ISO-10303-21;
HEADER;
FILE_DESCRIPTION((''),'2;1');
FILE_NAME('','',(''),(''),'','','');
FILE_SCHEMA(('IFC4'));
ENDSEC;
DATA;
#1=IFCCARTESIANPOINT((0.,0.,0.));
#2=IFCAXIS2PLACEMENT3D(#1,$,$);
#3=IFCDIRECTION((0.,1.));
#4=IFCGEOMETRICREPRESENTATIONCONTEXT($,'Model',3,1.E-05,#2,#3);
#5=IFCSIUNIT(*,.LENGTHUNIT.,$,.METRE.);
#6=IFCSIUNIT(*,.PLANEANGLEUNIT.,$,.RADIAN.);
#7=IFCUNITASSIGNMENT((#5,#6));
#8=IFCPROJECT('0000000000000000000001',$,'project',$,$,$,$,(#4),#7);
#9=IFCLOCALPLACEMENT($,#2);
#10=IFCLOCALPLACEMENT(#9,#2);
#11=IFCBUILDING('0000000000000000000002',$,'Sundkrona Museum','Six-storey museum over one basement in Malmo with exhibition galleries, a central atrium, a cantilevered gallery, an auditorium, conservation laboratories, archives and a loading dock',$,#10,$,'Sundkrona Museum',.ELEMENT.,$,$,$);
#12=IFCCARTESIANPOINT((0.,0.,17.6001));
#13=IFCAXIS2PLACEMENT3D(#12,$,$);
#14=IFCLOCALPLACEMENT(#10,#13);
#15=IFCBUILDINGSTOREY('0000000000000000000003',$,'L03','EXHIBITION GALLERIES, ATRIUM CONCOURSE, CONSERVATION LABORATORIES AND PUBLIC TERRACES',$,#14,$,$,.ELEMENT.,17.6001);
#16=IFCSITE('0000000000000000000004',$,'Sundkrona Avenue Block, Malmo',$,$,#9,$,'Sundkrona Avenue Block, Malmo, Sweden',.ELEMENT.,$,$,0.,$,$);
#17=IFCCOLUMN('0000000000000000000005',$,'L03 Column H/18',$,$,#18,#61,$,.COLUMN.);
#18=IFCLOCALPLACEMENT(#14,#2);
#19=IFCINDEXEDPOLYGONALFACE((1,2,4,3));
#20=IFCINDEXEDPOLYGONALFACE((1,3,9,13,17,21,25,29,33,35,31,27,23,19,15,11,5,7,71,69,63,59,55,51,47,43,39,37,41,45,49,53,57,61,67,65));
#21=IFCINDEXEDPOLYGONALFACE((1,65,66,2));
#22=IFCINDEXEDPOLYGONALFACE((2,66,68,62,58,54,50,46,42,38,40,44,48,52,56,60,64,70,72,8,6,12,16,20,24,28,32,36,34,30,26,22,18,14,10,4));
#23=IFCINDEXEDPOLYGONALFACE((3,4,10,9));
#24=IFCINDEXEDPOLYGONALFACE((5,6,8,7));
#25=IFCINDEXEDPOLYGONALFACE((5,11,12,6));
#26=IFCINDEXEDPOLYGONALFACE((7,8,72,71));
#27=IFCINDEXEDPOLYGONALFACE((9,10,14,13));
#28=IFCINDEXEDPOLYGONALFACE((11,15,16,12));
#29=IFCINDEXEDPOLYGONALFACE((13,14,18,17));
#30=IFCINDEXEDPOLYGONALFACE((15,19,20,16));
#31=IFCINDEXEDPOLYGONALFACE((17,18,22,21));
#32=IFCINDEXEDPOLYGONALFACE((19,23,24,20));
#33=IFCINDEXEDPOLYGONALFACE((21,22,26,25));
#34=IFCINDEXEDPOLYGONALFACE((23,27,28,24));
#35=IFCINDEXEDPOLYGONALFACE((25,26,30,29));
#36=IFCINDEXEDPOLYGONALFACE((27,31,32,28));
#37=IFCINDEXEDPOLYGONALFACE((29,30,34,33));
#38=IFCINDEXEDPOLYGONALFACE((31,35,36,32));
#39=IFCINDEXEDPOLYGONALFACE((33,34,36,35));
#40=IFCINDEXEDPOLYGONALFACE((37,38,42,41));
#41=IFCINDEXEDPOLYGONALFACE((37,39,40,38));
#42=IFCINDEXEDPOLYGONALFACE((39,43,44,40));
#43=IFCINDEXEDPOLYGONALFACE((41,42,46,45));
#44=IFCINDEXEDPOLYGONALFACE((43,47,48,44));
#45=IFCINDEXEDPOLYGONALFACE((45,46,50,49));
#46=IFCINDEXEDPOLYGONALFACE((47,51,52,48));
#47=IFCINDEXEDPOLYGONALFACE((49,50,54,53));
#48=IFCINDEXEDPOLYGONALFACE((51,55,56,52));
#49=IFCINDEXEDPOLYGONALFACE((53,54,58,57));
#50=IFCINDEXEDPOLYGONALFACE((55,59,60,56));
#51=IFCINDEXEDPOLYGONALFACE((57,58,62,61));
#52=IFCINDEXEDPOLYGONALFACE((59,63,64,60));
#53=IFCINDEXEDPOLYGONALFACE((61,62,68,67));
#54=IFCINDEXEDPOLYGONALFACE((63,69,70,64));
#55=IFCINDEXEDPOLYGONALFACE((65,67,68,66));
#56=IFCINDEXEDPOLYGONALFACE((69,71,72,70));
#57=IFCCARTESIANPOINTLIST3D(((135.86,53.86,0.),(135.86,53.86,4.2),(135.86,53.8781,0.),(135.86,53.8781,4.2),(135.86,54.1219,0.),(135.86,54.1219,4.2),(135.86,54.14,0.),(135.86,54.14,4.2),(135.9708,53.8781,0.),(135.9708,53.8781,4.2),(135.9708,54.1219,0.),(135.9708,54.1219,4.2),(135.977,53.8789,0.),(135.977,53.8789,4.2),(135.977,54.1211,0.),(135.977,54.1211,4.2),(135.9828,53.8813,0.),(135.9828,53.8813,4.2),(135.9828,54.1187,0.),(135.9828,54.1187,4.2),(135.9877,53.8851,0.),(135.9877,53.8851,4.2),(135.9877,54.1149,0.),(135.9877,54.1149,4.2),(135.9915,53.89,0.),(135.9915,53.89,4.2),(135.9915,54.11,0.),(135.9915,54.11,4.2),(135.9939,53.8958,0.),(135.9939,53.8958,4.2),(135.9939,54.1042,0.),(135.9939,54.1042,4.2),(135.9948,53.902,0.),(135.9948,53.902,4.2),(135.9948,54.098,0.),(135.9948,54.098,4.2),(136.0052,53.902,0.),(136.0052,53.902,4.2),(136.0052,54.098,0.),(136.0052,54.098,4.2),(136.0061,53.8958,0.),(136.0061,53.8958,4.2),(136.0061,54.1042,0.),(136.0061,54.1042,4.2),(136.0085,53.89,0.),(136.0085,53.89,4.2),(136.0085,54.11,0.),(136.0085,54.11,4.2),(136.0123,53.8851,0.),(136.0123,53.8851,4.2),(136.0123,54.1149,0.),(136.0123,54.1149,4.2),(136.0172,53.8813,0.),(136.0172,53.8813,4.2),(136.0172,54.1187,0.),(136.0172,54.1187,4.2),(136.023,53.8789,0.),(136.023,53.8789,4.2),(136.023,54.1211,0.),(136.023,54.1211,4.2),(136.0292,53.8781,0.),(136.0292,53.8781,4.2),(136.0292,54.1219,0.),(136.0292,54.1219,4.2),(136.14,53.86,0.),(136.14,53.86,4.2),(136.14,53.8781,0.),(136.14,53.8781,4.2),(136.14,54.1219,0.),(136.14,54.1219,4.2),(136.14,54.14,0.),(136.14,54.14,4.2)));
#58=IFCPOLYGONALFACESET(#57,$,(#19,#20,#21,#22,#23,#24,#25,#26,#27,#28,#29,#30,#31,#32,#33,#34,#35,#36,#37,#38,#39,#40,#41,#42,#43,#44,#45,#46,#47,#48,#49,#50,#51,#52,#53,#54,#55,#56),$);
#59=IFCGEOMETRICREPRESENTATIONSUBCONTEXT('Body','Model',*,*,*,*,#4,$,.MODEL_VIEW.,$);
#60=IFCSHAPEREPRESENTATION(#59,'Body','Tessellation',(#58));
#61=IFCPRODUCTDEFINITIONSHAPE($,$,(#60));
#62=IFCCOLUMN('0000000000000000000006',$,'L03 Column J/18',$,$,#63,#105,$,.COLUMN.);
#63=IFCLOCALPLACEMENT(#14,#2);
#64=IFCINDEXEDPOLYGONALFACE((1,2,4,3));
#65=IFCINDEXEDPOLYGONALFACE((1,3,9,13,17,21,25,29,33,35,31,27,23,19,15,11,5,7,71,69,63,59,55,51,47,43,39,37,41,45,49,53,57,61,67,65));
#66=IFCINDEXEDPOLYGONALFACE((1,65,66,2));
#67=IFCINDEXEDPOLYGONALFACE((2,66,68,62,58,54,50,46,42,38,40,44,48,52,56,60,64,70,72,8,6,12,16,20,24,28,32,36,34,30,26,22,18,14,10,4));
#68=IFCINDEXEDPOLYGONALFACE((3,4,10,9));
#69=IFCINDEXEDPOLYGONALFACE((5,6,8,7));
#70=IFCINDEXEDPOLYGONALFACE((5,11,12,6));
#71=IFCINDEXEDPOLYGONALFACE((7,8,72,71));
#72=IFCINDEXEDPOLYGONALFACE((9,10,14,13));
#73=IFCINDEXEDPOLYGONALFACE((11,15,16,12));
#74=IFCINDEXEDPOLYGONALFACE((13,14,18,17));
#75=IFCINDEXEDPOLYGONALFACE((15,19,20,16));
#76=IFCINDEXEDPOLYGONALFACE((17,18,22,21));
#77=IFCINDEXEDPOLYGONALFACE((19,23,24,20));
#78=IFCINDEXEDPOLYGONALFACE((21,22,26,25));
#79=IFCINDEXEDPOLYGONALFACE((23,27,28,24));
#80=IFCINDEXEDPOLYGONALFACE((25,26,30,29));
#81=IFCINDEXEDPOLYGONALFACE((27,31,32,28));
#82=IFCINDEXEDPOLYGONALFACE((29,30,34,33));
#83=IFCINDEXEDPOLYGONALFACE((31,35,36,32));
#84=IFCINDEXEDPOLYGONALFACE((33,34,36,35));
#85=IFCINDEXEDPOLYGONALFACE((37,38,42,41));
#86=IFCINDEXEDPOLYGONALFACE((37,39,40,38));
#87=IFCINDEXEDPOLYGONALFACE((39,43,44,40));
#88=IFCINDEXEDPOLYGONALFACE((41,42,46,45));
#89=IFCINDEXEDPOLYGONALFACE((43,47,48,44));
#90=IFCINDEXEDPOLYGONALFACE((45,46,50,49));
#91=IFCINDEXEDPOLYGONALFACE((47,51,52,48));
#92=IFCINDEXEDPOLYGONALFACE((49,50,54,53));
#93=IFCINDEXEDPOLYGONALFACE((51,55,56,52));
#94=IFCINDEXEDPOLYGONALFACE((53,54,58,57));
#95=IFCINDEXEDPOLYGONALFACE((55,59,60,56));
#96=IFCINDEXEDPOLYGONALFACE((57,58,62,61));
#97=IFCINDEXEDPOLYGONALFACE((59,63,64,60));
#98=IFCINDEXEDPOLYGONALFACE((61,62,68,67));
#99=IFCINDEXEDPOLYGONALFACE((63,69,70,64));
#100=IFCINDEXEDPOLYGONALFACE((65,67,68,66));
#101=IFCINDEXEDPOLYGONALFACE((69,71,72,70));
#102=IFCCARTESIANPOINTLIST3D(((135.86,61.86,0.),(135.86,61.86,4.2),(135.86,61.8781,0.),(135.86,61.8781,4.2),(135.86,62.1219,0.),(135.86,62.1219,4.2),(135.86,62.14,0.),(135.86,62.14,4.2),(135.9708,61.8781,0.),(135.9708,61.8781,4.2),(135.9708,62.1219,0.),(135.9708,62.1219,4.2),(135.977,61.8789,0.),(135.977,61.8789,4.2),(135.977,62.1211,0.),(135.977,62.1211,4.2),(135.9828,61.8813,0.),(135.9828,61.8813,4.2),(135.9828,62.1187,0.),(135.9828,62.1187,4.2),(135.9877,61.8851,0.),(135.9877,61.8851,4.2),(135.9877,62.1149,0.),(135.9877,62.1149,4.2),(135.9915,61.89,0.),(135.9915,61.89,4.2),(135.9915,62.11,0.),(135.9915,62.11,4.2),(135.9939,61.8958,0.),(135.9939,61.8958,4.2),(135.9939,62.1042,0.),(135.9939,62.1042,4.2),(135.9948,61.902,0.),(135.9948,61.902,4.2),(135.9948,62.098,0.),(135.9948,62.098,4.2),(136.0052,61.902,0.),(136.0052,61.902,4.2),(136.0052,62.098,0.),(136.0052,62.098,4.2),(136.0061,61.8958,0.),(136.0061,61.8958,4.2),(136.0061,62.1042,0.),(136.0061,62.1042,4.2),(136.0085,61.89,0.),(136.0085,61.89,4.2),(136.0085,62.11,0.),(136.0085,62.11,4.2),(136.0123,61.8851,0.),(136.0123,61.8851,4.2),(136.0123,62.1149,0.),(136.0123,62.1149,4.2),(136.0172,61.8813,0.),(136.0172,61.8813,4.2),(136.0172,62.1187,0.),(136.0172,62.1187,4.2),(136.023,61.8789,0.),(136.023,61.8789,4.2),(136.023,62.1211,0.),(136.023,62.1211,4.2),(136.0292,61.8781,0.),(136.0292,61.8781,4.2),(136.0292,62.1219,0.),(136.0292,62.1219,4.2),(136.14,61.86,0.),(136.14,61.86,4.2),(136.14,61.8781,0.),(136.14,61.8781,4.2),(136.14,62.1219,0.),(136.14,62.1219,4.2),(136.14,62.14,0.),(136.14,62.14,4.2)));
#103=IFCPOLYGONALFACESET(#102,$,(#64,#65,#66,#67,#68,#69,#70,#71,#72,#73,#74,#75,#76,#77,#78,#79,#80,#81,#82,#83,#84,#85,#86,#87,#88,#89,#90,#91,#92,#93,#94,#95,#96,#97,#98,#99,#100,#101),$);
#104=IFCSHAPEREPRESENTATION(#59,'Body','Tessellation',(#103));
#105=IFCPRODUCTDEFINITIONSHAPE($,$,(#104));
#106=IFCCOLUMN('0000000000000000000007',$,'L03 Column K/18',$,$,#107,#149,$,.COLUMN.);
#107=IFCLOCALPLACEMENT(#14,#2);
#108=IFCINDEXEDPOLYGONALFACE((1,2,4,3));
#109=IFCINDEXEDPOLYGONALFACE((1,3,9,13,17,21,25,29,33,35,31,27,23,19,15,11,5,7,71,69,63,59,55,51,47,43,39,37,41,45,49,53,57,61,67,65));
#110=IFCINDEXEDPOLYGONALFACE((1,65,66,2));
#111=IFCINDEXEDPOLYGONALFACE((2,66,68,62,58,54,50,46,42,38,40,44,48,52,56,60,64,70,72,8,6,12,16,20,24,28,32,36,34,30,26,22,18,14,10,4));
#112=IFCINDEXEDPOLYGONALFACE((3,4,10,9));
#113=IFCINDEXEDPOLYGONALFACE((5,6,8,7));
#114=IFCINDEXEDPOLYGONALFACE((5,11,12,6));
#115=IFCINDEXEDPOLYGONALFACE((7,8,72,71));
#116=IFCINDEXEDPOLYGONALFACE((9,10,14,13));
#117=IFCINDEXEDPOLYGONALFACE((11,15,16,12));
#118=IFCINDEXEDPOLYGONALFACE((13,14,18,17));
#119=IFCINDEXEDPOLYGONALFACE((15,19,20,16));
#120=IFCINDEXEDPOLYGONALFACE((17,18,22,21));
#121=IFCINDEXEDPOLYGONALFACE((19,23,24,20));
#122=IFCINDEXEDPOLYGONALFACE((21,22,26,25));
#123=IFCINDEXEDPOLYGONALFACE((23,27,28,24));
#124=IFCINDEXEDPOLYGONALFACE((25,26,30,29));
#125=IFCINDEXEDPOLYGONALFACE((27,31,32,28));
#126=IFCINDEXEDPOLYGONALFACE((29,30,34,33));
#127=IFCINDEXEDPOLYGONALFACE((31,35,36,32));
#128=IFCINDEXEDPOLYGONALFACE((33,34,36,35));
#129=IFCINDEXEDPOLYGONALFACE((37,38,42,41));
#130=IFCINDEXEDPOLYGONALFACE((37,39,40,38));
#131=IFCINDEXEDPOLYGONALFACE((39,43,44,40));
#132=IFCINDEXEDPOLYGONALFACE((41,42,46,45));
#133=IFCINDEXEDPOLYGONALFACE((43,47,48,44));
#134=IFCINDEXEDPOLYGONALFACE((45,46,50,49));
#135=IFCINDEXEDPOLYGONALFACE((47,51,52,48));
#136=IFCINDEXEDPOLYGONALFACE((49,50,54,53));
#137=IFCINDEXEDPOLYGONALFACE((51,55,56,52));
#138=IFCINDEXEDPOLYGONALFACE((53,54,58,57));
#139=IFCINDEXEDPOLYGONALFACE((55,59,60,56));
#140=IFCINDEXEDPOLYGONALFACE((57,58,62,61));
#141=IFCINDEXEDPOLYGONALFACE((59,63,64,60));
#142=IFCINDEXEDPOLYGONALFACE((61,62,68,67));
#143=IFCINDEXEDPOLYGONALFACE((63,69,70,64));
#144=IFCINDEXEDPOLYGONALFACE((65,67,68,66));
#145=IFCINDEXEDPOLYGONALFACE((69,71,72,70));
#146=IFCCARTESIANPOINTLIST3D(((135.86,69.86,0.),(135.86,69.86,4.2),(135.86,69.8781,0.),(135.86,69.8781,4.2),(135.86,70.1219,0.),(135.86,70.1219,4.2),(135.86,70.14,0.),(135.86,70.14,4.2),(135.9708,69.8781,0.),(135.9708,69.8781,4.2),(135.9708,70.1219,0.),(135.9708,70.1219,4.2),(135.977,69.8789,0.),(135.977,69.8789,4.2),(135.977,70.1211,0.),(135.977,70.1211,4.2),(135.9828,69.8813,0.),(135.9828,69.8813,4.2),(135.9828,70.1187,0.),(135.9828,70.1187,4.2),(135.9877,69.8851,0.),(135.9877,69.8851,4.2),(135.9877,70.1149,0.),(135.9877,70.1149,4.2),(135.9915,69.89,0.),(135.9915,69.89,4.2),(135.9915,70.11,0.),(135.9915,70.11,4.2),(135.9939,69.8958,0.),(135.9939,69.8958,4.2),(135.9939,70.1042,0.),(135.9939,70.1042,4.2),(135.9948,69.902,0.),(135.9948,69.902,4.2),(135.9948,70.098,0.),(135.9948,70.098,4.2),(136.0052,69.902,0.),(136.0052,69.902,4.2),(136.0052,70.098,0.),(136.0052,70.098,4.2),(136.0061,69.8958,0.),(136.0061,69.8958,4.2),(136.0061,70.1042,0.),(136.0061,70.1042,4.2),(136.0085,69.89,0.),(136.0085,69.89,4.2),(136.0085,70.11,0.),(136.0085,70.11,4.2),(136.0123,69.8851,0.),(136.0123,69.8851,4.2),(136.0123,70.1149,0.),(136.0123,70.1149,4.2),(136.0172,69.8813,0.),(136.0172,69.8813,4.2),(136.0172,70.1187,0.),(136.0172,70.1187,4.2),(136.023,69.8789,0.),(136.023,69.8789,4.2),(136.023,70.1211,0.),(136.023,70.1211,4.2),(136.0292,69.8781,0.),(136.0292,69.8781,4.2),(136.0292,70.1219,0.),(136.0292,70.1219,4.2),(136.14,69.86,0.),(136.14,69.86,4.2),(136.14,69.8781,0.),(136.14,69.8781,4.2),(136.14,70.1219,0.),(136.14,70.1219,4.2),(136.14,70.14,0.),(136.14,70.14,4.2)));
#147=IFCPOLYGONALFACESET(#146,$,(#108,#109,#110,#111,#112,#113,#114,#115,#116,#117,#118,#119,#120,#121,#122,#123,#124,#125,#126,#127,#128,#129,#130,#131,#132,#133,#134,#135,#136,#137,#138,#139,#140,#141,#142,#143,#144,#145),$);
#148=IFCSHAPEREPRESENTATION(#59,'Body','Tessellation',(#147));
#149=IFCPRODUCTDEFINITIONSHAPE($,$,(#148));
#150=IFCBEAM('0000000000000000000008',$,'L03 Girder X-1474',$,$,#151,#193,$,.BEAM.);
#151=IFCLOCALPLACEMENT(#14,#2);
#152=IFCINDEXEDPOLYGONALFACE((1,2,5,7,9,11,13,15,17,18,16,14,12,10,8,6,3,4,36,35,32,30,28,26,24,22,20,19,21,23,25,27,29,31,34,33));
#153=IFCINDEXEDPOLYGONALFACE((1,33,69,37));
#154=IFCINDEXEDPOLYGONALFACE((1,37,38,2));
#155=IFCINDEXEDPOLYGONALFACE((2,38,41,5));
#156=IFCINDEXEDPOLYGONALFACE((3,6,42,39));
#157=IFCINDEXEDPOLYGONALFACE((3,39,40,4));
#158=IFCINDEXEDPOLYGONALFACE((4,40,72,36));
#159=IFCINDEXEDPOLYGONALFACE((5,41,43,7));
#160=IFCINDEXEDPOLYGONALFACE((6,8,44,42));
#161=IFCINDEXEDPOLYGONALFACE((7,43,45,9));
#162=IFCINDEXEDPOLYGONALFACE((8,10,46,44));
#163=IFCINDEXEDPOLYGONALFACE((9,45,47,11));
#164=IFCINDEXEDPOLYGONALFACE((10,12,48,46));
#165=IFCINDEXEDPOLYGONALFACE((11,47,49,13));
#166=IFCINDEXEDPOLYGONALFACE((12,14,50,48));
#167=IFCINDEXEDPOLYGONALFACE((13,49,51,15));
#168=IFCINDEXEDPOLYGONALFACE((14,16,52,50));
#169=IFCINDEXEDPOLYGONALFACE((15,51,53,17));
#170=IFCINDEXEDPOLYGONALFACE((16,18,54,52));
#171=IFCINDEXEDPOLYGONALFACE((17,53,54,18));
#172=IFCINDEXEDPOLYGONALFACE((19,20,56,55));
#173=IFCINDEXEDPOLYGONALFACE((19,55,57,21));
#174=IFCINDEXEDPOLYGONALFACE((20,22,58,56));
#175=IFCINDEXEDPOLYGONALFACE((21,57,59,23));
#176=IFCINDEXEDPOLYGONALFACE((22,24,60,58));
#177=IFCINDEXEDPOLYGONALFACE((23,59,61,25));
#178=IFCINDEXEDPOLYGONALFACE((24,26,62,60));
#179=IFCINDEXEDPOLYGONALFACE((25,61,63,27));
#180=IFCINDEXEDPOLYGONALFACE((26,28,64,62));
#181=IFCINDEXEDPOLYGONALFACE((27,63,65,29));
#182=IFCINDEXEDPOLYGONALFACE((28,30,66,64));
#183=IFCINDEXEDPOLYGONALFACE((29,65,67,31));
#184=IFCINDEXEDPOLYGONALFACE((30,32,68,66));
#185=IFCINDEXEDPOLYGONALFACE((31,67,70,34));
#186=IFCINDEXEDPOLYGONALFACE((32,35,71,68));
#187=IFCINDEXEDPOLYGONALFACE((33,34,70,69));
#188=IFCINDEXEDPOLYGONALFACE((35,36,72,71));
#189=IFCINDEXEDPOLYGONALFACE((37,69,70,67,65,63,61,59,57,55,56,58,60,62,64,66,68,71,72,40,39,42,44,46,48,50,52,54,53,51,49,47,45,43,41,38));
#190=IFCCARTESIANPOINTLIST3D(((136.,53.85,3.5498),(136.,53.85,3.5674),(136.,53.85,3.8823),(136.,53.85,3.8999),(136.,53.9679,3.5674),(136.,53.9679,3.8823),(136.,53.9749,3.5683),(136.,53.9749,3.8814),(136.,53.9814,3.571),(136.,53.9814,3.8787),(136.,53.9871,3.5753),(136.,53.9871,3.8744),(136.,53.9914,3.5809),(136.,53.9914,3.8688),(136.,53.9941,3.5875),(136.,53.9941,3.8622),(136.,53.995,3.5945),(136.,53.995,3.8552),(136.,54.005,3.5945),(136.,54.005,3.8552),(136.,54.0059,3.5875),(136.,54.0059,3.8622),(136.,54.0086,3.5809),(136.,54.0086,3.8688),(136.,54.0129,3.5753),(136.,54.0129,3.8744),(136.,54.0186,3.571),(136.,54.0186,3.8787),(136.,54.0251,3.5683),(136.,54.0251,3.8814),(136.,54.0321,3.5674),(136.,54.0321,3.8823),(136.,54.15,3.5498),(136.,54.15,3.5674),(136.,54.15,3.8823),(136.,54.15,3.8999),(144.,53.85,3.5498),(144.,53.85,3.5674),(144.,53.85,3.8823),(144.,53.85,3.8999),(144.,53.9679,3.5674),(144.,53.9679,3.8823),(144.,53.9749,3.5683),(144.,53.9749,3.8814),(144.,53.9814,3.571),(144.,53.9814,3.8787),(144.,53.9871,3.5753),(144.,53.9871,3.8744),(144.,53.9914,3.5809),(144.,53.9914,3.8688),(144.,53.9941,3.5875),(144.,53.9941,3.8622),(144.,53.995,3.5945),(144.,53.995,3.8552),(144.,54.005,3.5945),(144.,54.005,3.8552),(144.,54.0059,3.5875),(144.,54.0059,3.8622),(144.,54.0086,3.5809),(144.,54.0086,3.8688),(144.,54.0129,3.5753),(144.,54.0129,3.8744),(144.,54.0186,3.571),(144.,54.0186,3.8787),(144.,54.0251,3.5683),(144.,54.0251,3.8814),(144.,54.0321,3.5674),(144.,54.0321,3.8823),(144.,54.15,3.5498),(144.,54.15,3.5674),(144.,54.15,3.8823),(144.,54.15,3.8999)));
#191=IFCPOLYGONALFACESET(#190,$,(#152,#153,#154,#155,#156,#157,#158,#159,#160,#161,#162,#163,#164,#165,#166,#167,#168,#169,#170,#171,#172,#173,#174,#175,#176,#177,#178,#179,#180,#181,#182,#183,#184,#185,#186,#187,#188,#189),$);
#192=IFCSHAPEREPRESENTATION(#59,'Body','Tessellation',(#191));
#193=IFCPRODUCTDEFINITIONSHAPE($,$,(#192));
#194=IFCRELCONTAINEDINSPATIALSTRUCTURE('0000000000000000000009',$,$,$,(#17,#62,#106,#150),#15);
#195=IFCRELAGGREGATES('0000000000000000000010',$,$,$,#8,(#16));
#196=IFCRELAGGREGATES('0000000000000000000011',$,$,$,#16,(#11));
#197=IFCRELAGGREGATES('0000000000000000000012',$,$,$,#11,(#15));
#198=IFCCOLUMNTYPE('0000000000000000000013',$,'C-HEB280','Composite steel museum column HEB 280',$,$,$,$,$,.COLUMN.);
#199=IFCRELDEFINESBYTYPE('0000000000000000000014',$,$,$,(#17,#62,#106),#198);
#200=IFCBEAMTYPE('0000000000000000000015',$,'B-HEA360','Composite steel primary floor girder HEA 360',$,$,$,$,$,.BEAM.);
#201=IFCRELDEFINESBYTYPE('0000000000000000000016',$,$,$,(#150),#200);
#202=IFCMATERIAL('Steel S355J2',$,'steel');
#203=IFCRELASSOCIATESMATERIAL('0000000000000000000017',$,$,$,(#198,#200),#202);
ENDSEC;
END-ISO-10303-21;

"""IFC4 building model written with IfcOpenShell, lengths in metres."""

from ifc_helpers import new_model, si_unit, direction, frame, origin, origin_2d, place, context, subcontext, project, spatial, i_section, extrude, material, material_profile, profile_set, type_object, element, save


model = new_model("IFC4")

# Units and contexts
model_context = context("Model", 3, precision=1e-05, world=origin(), true_north=direction((0.0, 1.0)))
body_context = subcontext(model_context, "Body", "Model", "MODEL_VIEW")
ifc_project = project(units=[si_unit("LENGTHUNIT", "METRE"), si_unit("PLANEANGLEUNIT", "RADIAN")], contexts=[model_context])

# Site, building, storey
site_placement = place(None, origin())
site = spatial("IfcSite", under=ifc_project, at=site_placement, Name="Sundkrona Avenue Block, Malmo", LongName="Sundkrona Avenue Block, Malmo, Sweden", CompositionType="ELEMENT", RefElevation=0.0)
building_placement = place(site_placement, origin())
building = spatial("IfcBuilding", under=site, at=building_placement, Name="Sundkrona Museum", Description="Six-storey museum over one basement in Malmo with exhibition galleries, a central atrium, a cantilevered gallery, an auditorium, conservation laboratories, archives and a loading dock", LongName="Sundkrona Museum", CompositionType="ELEMENT")
storey_placement = place(building_placement, frame((0.0, 0.0, 17.6001)))
storey = spatial("IfcBuildingStorey", under=building, at=storey_placement, Name="L03", Description="EXHIBITION GALLERIES, ATRIUM CONCOURSE, CONSERVATION LABORATORIES AND PUBLIC TERRACES", CompositionType="ELEMENT", Elevation=17.6001)

# Columns
ifc_material_1 = material(Name="Steel S355J2", Category="steel")
ifc_material_profile_1 = material_profile(ifc_material_1, i_section(OverallWidth=0.28, OverallDepth=0.28, WebThickness=0.0105, FlangeThickness=0.0181, FilletRadius=0.0239, at=origin_2d()), Name="HEB 280")
ifc_profile_set_1 = profile_set([ifc_material_profile_1], Name="Steel S355J2")
column_type = type_object("IfcColumnType", Name="C-HEB280", Description="Composite steel museum column HEB 280", PredefinedType="COLUMN", material=ifc_profile_set_1)
for number, where, z_axis, x_axis, name in (
    (1, (136.0, 54.0, 0.0), (0.0, 0.0, 1.0), (1.0, 0.0, 0.0), "L03 Column H/18"),
    (2, (136.0, 62.0, 0.0), (0.0, 0.0, 1.0), (1.0, 0.0, 0.0), "L03 Column J/18"),
    (3, (136.0, 70.0, 0.0), (0.0, 0.0, 1.0), (1.0, 0.0, 0.0), "L03 Column K/18"),
):
    element("IfcColumn", number, at=place(storey_placement, frame(where, z_axis=z_axis, x_axis=x_axis)), inside=storey, type_object=column_type, Name=name, PredefinedType="COLUMN", context=body_context, shape_type="SweptSolid", body=[
        extrude(i_section(OverallWidth=0.28, OverallDepth=0.28, WebThickness=0.0105, FlangeThickness=0.0181, FilletRadius=0.0239, at=origin_2d()), origin(), (0.0, 0.0, 1.0), 4.2),
    ])

# Beam
ifc_material_profile_2 = material_profile(ifc_material_1, i_section(OverallWidth=0.3, OverallDepth=0.3501, WebThickness=0.01, FlangeThickness=0.0176, FilletRadius=0.0271, at=origin_2d()), Name="HEA 360")
ifc_profile_set_2 = profile_set([ifc_material_profile_2], Name="Steel S355J2")
beam_type_1 = type_object("IfcBeamType", Name="B-HEA360", Description="Composite steel primary floor girder HEA 360", PredefinedType="BEAM", material=ifc_profile_set_2)
for number, where, z_axis, x_axis, name in (
    (4, (136.0, 54.0, 3.7249), (1.0, 0.0, 0.0), (0.0, 1.0, 0.0), "L03 Girder X-1474"),
):
    element("IfcBeam", number, at=place(storey_placement, frame(where, z_axis=z_axis, x_axis=x_axis)), inside=storey, type_object=beam_type_1, Name=name, PredefinedType="BEAM", context=body_context, shape_type="SweptSolid", body=[
        extrude(i_section(OverallWidth=0.3, OverallDepth=0.3501, WebThickness=0.01, FlangeThickness=0.0176, FilletRadius=0.0271, at=origin_2d()), origin(), (0.0, 0.0, 1.0), 8.0),
    ])

save(model, "model.ifc")
